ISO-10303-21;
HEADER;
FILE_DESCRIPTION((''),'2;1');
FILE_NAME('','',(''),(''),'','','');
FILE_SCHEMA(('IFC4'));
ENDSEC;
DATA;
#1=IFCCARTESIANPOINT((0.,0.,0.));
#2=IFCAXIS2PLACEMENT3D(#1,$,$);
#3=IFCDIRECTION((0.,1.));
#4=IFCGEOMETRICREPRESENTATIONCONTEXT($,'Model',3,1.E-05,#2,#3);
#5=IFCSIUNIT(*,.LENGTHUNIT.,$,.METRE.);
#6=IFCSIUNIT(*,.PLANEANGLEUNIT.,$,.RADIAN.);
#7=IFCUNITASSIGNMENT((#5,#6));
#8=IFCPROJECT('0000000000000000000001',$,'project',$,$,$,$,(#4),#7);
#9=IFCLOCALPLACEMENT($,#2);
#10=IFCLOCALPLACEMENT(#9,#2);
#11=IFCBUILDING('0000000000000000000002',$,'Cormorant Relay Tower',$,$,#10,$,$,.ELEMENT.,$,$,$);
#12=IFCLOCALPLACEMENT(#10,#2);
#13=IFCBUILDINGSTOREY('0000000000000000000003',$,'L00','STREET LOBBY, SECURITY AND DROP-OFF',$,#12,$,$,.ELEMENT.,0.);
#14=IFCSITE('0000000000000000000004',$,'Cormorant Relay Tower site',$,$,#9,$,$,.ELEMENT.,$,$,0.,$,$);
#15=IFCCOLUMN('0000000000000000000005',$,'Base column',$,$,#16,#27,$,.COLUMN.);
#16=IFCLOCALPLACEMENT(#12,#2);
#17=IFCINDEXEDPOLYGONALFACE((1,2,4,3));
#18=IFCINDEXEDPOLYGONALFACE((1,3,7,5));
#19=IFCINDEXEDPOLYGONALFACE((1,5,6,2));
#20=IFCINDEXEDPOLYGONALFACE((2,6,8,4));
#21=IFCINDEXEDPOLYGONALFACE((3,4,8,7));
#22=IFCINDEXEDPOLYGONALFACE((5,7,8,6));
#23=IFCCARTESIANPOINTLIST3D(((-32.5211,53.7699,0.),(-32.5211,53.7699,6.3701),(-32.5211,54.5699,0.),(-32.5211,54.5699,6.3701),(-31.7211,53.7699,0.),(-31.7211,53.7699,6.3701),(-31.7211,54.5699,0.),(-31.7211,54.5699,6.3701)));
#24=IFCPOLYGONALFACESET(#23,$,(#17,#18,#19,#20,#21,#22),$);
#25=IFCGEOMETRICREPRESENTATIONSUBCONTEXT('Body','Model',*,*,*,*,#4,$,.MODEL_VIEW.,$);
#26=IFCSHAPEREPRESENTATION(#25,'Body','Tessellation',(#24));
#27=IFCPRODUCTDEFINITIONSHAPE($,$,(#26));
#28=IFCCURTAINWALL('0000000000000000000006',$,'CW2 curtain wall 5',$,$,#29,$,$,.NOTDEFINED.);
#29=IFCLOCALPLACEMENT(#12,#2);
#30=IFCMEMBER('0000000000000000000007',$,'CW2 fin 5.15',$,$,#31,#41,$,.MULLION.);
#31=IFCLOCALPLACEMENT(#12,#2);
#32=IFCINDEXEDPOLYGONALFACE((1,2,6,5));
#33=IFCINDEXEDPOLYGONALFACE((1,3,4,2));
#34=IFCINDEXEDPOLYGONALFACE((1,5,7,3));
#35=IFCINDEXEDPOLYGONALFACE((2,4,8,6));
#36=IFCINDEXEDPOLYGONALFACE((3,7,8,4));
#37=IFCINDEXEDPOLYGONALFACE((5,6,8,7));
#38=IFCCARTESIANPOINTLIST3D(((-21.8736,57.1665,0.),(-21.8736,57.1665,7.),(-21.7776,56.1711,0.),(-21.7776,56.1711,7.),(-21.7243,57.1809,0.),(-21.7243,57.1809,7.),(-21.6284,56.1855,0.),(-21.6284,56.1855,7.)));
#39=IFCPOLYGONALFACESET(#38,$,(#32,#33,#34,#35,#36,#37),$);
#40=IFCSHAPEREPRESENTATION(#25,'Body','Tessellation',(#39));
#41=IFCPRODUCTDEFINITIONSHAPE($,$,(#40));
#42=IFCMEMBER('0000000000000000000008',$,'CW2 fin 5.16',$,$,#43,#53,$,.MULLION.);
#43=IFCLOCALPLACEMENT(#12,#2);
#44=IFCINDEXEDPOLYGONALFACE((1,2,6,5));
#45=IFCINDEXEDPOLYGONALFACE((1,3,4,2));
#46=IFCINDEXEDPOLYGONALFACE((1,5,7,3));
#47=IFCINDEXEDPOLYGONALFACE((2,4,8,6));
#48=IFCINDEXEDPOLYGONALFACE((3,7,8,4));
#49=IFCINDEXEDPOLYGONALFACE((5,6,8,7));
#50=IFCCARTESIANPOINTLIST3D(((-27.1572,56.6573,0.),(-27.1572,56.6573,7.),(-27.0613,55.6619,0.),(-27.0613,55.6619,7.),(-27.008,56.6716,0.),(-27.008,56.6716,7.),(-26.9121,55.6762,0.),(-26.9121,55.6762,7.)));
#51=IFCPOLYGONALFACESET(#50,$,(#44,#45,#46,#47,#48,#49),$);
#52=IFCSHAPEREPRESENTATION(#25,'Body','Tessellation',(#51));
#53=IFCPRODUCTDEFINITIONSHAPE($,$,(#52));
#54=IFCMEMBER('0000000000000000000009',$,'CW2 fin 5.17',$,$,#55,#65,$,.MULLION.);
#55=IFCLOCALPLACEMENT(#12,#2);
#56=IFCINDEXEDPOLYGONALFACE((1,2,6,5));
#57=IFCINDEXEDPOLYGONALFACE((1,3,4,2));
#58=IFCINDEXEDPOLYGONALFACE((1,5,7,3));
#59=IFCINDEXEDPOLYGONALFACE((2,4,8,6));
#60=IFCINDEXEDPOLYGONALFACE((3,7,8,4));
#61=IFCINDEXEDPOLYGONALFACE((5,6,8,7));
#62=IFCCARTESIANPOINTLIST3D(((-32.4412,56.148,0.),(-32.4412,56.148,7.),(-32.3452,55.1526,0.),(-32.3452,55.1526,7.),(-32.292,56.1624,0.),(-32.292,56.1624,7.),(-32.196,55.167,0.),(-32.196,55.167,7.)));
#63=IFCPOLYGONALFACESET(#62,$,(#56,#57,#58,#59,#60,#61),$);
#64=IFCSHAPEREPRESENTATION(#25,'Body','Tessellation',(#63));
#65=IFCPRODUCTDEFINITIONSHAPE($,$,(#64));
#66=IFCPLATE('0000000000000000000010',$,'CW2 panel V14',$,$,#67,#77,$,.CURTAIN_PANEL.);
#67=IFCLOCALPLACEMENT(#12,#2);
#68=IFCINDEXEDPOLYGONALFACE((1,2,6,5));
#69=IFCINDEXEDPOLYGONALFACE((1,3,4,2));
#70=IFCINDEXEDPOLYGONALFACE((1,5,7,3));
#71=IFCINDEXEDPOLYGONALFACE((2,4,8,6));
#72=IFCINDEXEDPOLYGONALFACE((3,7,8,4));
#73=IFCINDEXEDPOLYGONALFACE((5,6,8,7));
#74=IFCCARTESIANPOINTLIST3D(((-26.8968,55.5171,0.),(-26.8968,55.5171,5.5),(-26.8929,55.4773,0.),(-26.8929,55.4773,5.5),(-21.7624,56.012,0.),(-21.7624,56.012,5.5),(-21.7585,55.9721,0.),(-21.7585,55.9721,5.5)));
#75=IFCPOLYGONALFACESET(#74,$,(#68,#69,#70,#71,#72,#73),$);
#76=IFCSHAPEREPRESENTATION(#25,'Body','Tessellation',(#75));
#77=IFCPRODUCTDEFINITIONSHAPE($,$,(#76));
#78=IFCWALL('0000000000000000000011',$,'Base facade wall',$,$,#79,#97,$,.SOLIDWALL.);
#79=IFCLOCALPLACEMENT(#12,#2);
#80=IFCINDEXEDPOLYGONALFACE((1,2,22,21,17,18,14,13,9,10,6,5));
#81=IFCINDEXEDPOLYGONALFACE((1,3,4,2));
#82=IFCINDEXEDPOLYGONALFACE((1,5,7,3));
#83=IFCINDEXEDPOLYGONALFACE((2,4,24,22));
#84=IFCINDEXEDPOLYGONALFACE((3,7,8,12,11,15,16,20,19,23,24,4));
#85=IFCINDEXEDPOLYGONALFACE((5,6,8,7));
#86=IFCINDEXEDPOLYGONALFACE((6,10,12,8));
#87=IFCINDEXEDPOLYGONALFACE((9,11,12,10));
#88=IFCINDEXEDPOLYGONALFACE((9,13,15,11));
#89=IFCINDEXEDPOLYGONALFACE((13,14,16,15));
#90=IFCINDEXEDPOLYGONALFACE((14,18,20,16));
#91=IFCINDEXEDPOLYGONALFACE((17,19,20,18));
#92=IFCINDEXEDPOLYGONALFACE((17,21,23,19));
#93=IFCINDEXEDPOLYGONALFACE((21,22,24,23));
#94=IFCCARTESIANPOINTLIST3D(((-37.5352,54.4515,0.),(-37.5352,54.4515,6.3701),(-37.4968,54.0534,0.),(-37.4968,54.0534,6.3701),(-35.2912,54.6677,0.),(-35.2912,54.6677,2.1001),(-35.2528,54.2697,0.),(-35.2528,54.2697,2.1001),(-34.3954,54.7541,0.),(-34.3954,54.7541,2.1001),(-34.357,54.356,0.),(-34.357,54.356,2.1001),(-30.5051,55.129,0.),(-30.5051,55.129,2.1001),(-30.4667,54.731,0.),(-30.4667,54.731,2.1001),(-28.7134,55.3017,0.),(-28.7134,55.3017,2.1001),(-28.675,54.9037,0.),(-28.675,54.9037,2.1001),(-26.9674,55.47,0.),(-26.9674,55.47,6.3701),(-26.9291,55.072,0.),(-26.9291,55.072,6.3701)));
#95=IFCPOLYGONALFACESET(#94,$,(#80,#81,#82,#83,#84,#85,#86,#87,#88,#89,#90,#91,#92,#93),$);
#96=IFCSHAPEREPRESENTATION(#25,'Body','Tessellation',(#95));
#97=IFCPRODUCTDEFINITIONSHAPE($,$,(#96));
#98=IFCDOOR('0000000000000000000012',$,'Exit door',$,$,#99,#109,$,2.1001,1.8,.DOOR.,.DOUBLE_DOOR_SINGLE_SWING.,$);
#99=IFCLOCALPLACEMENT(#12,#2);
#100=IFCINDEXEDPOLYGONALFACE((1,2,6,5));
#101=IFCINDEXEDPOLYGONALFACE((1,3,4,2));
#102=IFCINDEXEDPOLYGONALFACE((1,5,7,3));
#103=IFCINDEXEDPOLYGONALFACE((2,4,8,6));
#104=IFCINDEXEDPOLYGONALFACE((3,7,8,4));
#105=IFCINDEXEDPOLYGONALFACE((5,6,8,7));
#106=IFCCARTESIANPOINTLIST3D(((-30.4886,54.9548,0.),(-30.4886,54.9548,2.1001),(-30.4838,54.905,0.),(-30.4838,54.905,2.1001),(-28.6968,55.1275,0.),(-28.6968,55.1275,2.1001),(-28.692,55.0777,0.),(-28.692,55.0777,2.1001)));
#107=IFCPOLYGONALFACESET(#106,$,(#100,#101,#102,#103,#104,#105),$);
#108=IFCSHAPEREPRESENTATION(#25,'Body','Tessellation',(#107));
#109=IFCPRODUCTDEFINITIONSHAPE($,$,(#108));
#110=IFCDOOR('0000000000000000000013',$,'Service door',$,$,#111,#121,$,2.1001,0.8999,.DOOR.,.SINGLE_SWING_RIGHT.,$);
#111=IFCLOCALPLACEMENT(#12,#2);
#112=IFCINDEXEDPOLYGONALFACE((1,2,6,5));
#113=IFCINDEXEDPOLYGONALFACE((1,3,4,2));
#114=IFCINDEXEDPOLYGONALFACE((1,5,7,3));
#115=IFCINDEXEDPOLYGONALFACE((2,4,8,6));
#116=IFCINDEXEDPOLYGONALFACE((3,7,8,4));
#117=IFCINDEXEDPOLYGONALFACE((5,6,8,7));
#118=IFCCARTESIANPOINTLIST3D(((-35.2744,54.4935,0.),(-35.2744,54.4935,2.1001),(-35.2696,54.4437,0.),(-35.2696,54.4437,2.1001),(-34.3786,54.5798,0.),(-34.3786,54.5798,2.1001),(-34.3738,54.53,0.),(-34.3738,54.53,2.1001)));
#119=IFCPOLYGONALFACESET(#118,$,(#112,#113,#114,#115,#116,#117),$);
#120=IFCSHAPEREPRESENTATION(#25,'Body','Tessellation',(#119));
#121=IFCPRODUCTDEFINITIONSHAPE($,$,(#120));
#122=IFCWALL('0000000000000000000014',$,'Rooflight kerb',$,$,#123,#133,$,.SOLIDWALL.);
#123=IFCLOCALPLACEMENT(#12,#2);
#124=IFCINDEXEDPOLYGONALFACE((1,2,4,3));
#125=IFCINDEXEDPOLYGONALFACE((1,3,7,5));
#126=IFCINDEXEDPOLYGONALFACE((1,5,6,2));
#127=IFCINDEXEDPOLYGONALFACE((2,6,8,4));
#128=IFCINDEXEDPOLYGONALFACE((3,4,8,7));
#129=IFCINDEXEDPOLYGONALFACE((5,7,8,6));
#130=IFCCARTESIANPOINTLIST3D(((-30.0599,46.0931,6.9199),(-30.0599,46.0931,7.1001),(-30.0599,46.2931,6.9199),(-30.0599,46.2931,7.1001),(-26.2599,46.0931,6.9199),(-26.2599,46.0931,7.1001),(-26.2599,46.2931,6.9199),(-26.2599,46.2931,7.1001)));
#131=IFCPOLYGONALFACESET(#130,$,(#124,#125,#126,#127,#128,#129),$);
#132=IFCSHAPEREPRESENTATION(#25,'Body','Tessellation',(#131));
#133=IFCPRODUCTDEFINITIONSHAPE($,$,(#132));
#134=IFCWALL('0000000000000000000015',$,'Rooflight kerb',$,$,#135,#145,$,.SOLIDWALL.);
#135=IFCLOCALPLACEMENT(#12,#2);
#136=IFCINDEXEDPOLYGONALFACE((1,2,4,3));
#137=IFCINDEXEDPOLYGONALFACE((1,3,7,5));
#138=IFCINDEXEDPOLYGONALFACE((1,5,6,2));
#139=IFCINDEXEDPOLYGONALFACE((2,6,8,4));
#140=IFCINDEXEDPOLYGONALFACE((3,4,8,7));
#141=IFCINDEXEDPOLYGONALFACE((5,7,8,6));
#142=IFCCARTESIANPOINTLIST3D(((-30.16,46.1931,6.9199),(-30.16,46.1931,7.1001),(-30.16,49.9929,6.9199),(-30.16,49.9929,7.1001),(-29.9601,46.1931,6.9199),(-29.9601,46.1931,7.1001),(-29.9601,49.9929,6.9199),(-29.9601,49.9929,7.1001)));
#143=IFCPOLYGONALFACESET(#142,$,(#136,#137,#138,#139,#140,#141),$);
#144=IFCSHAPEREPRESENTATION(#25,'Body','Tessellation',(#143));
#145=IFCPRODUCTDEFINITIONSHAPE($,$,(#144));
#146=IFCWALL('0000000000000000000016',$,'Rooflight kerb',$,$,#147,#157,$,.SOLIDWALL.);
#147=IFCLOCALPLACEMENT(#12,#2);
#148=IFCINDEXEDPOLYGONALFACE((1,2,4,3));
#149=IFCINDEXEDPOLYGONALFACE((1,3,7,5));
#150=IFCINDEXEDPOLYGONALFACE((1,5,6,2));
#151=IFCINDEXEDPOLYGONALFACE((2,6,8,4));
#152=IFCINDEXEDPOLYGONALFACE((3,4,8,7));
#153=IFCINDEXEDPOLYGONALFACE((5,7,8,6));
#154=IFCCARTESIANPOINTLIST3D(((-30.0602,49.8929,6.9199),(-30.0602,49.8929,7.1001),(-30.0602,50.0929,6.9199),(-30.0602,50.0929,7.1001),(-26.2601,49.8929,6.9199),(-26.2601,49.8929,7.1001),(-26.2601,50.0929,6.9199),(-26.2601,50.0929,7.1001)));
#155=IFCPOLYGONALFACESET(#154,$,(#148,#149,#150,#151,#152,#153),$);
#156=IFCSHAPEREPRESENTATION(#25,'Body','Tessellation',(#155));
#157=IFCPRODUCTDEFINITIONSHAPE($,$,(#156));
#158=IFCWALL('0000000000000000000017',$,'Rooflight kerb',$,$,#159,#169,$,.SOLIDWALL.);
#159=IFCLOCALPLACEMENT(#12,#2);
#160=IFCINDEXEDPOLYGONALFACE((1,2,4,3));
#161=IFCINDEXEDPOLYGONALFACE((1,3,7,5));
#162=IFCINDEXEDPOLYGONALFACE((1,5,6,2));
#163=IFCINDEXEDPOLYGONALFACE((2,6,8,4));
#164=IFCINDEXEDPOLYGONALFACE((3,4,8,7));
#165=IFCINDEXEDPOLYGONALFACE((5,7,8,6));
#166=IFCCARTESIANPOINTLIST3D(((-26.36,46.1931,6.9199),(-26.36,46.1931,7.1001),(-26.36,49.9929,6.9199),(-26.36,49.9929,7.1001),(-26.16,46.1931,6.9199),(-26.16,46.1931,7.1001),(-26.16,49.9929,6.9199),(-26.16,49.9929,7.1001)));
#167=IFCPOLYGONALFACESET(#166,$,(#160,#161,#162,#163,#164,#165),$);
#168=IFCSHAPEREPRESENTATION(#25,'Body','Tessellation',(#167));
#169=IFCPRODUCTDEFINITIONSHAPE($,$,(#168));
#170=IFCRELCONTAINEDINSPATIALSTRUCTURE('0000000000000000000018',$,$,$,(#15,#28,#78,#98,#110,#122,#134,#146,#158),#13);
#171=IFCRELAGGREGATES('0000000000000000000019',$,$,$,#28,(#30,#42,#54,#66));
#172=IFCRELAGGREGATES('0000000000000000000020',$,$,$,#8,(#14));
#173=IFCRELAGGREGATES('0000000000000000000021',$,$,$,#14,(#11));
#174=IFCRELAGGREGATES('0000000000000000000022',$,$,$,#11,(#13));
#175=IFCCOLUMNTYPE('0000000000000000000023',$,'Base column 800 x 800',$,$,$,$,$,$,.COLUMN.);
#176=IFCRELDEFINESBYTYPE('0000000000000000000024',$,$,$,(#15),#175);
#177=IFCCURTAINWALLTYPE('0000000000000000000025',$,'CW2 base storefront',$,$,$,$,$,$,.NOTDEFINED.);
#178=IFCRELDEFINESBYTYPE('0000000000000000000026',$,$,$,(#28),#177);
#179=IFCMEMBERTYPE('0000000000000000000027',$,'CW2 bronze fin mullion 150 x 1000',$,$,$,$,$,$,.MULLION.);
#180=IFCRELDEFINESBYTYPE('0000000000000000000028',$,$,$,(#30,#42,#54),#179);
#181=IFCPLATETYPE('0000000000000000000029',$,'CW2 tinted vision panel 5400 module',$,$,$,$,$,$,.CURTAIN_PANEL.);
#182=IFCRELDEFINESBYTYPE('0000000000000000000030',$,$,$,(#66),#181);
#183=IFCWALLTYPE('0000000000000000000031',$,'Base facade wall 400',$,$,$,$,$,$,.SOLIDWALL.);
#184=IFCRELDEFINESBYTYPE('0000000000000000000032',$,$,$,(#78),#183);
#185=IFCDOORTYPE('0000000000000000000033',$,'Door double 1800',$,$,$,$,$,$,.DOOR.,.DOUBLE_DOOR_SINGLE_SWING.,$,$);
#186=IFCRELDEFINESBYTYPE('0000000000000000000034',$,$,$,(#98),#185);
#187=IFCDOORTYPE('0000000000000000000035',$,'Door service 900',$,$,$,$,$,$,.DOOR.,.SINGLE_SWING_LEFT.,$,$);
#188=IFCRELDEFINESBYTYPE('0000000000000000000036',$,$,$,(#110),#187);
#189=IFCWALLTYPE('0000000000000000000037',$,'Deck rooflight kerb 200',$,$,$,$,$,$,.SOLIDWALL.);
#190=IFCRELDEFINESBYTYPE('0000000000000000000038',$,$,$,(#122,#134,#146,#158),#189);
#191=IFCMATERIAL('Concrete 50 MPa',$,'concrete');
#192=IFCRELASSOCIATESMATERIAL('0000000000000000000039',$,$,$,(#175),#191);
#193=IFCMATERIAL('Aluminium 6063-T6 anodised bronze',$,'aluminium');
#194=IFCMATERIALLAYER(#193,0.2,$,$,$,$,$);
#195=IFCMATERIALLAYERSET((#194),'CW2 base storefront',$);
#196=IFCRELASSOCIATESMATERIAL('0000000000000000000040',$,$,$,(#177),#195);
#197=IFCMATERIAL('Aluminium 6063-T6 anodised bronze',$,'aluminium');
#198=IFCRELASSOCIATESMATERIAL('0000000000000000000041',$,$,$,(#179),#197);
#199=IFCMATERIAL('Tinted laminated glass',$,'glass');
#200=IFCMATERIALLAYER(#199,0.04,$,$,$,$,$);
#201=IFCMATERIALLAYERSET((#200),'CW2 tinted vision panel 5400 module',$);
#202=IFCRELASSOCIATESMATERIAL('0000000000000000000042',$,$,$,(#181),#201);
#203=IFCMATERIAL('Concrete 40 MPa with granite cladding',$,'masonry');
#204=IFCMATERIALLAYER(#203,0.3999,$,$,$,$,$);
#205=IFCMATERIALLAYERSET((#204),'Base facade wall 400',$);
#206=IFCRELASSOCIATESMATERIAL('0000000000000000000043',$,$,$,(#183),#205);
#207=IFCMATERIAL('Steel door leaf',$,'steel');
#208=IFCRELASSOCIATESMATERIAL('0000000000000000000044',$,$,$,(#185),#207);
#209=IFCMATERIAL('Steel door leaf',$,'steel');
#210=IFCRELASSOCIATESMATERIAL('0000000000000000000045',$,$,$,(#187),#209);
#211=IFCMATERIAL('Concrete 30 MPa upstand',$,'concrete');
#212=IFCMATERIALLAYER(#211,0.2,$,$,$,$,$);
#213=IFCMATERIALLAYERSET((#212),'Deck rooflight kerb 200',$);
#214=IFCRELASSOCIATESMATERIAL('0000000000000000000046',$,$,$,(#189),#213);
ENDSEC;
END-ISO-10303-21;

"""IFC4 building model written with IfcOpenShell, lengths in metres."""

from ifc_helpers import new_model, si_unit, direction, frame, frame_2d, origin, origin_2d, place, context, subcontext, project, spatial, rectangle, extrude, material, layer, layer_set, material_profile, profile_set, type_object, element, fill, aggregate, save


model = new_model("IFC4")

# Units and contexts
model_context = context("Model", 3, precision=1e-05, world=origin(), true_north=direction((0.0, 1.0)))
body_context = subcontext(model_context, "Body", "Model", "MODEL_VIEW")
ifc_project = project(units=[si_unit("LENGTHUNIT", "METRE"), si_unit("PLANEANGLEUNIT", "RADIAN")], contexts=[model_context])

# Site, building, storey
site_placement = place(None, origin())
site = spatial("IfcSite", under=ifc_project, at=site_placement, Name="Cormorant Relay Tower site", CompositionType="ELEMENT", RefElevation=0.0)
building_placement = place(site_placement, origin())
building = spatial("IfcBuilding", under=site, at=building_placement, Name="Cormorant Relay Tower", CompositionType="ELEMENT")
storey_placement = place(building_placement, origin())
storey = spatial("IfcBuildingStorey", under=building, at=storey_placement, Name="L00", Description="STREET LOBBY, SECURITY AND DROP-OFF", CompositionType="ELEMENT", Elevation=0.0)

# Column
ifc_material_1 = material(Name="Concrete 50 MPa", Category="concrete")
ifc_material_profile_1 = material_profile(ifc_material_1, rectangle(XDim=0.8, YDim=0.8, at=origin_2d()), Name="RC 800x800")
ifc_profile_set_1 = profile_set([ifc_material_profile_1], Name="Concrete 50 MPa")
column_type = type_object("IfcColumnType", Name="Base column 800 x 800", PredefinedType="COLUMN", material=ifc_profile_set_1)
column_placement = place(storey_placement, frame((-32.1211, 54.1699, 0.0), z_axis=(0.0, 0.0, 1.0), x_axis=(1.0, 0.0, 0.0)))
element("IfcColumn", 1, at=column_placement, inside=storey, type_object=column_type, Name="Base column", PredefinedType="COLUMN", context=body_context, shape_type="SweptSolid", body=[
    extrude(rectangle(XDim=0.8, YDim=0.8, at=origin_2d()), origin(), (0.0, 0.0, 1.0), 6.3701),
])

# Curtain wall, members, plate
ifc_material_2 = material(Name="Aluminium 6063-T6 anodised bronze", Category="aluminium")
ifc_layer_1 = layer(ifc_material_2, 0.2)
ifc_layer_set_1 = layer_set([ifc_layer_1], Name="CW2 base storefront")
curtain_wall_type = type_object("IfcCurtainWallType", Name="CW2 base storefront", PredefinedType="NOTDEFINED", material=ifc_layer_set_1)
curtain_wall_placement = place(storey_placement, origin())
curtain_wall = element("IfcCurtainWall", 2, at=curtain_wall_placement, inside=storey, type_object=curtain_wall_type, Name="CW2 curtain wall 5", PredefinedType="NOTDEFINED")
ifc_material_3 = material(Name="Aluminium 6063-T6 anodised bronze", Category="aluminium")
ifc_material_profile_2 = material_profile(ifc_material_3, rectangle(XDim=0.1499, YDim=1.0, at=origin_2d()), Name="AL 150x1000")
ifc_profile_set_2 = profile_set([ifc_material_profile_2], Name="Aluminium 6063-T6 anodised bronze")
member_type = type_object("IfcMemberType", Name="CW2 bronze fin mullion 150 x 1000", PredefinedType="MULLION", material=ifc_profile_set_2)
member_1_placement = place(storey_placement, frame((-21.751, 56.676, 0.0), z_axis=(0.0, 0.0, 1.0), x_axis=(-0.995387, -0.09594, 0.0)))
member_1 = element("IfcMember", 3, at=member_1_placement, type_object=member_type, Name="CW2 fin 5.15", PredefinedType="MULLION", context=body_context, shape_type="SweptSolid", body=[
    extrude(rectangle(XDim=0.1499, YDim=1.0, at=origin_2d()), origin(), (0.0, 0.0, 1.0), 7.0),
])
member_2_placement = place(storey_placement, frame((-27.0347, 56.1667, 0.0), z_axis=(0.0, 0.0, 1.0), x_axis=(-0.995387, -0.09594, 0.0)))
member_2 = element("IfcMember", 4, at=member_2_placement, type_object=member_type, Name="CW2 fin 5.16", PredefinedType="MULLION", context=body_context, shape_type="SweptSolid", body=[
    extrude(rectangle(XDim=0.1499, YDim=1.0, at=origin_2d()), origin(), (0.0, 0.0, 1.0), 7.0),
])
member_3_placement = place(storey_placement, frame((-32.3186, 55.6575, 0.0), z_axis=(0.0, 0.0, 1.0), x_axis=(-0.995387, -0.09594, 0.0)))
member_3 = element("IfcMember", 5, at=member_3_placement, type_object=member_type, Name="CW2 fin 5.17", PredefinedType="MULLION", context=body_context, shape_type="SweptSolid", body=[
    extrude(rectangle(XDim=0.1499, YDim=1.0, at=origin_2d()), origin(), (0.0, 0.0, 1.0), 7.0),
])
ifc_material_4 = material(Name="Tinted laminated glass", Category="glass")
ifc_layer_2 = layer(ifc_material_4, 0.04)
ifc_layer_set_2 = layer_set([ifc_layer_2], Name="CW2 tinted vision panel 5400 module")
plate_type = type_object("IfcPlateType", Name="CW2 tinted vision panel 5400 module", PredefinedType="CURTAIN_PANEL", material=ifc_layer_set_2)
plate_placement = place(storey_placement, frame((-24.3276, 55.7446, 0.0), z_axis=(0.0, 0.0, 1.0), x_axis=(-0.995387, -0.09594, 0.0)))
plate = element("IfcPlate", 6, at=plate_placement, type_object=plate_type, Name="CW2 panel V14", PredefinedType="CURTAIN_PANEL", context=body_context, shape_type="SweptSolid", body=[
    extrude(rectangle(XDim=5.1582, YDim=0.04, at=origin_2d()), origin(), (0.0, 0.0, 1.0), 5.5),
])
aggregate(curtain_wall, [member_1, member_2, member_3, plate])

# Wall, openings, doors
ifc_material_5 = material(Name="Concrete 40 MPa with granite cladding", Category="masonry")
ifc_layer_3 = layer(ifc_material_5, 0.3999)
ifc_layer_set_3 = layer_set([ifc_layer_3], Name="Base facade wall 400")
wall_type_1 = type_object("IfcWallType", Name="Base facade wall 400", PredefinedType="SOLIDWALL", material=ifc_layer_set_3)
wall_1_placement = place(storey_placement, frame((-26.9482, 55.271, 0.0), z_axis=(0.0, 0.0, 1.0), x_axis=(-0.995387, -0.09594, 0.0)))
wall_1 = element("IfcWall", 7, at=wall_1_placement, inside=storey, type_object=wall_type_1, Name="Base facade wall", PredefinedType="SOLIDWALL", context=body_context, shape_type="SweptSolid", body=[
    extrude(rectangle(XDim=10.6167, YDim=0.3999, at=frame_2d((5.3083, 0.0))), origin(), (0.0, 0.0, 1.0), 6.3701),
])
opening_1_placement = place(wall_1_placement, frame((1.7542, 0.0, 0.0)))
opening_1 = element("IfcOpeningElement", 8, at=opening_1_placement, cuts=wall_1, PredefinedType="OPENING", context=body_context, shape_type="SweptSolid", body=[
    extrude(rectangle(XDim=1.8, YDim=2.1001, at=frame_2d((0.8999, 1.05))), frame((0.0, 0.21, 0.0), z_axis=(0.0, -1.0, 0.0), x_axis=(1.0, 0.0, 0.0)), (0.0, 0.0, 1.0), 0.4199),
])
opening_2_placement = place(wall_1_placement, frame((7.4624, 0.0, 0.0)))
opening_2 = element("IfcOpeningElement", 9, at=opening_2_placement, cuts=wall_1, PredefinedType="OPENING", context=body_context, shape_type="SweptSolid", body=[
    extrude(rectangle(XDim=0.8999, YDim=2.1001, at=frame_2d((0.45, 1.05))), frame((0.0, 0.21, 0.0), z_axis=(0.0, -1.0, 0.0), x_axis=(1.0, 0.0, 0.0)), (0.0, 0.0, 1.0), 0.4199),
])
ifc_material_6 = material(Name="Steel door leaf", Category="steel")
door_type_1 = type_object("IfcDoorType", Name="Door double 1800", OperationType="DOUBLE_DOOR_SINGLE_SWING", PredefinedType="DOOR", material=ifc_material_6)
door_1_placement = place(opening_1_placement, frame((1.8, 0.0, 0.0), z_axis=(0.0, 0.0, 1.0), x_axis=(-1.0, 0.0, 0.0)))
door_1 = element("IfcDoor", 10, at=door_1_placement, inside=storey, type_object=door_type_1, Name="Exit door", OperationType="DOUBLE_DOOR_SINGLE_SWING", OverallHeight=2.1001, OverallWidth=1.8, PredefinedType="DOOR", context=body_context, shape_type="SweptSolid", body=[
    extrude(rectangle(XDim=1.8, YDim=2.1001, at=frame_2d((0.8999, 1.05))), frame((0.0, 0.0249, 0.0), z_axis=(0.0, -1.0, 0.0), x_axis=(1.0, 0.0, 0.0)), (0.0, 0.0, 1.0), 0.05),
])
fill(opening_1, door_1)
ifc_material_7 = material(Name="Steel door leaf", Category="steel")
door_type_2 = type_object("IfcDoorType", Name="Door service 900", OperationType="SINGLE_SWING_LEFT", PredefinedType="DOOR", material=ifc_material_7)
door_2_placement = place(opening_2_placement, frame((0.8999, 0.0, 0.0), z_axis=(0.0, 0.0, 1.0), x_axis=(-1.0, 0.0, 0.0)))
door_2 = element("IfcDoor", 11, at=door_2_placement, inside=storey, type_object=door_type_2, Name="Service door", OperationType="SINGLE_SWING_RIGHT", OverallHeight=2.1001, OverallWidth=0.8999, PredefinedType="DOOR", context=body_context, shape_type="SweptSolid", body=[
    extrude(rectangle(XDim=0.8999, YDim=2.1001, at=frame_2d((0.45, 1.05))), frame((0.0, 0.0249, 0.0), z_axis=(0.0, -1.0, 0.0), x_axis=(1.0, 0.0, 0.0)), (0.0, 0.0, 1.0), 0.05),
])
fill(opening_2, door_2)

# Walls
ifc_material_8 = material(Name="Concrete 30 MPa upstand", Category="concrete")
ifc_layer_4 = layer(ifc_material_8, 0.2)
ifc_layer_set_4 = layer_set([ifc_layer_4], Name="Deck rooflight kerb 200")
wall_type_2 = type_object("IfcWallType", Name="Deck rooflight kerb 200", PredefinedType="SOLIDWALL", material=ifc_layer_set_4)
wall_2_placement = place(storey_placement, frame((-26.26, 46.1931, 6.9199), z_axis=(0.0, 0.0, 1.0), x_axis=(-1.0, 0.0, 0.0)))
element("IfcWall", 12, at=wall_2_placement, inside=storey, type_object=wall_type_2, Name="Rooflight kerb", PredefinedType="SOLIDWALL", context=body_context, shape_type="SweptSolid", body=[
    extrude(rectangle(XDim=3.8, YDim=0.2, at=frame_2d((1.8999, 0.0))), origin(), (0.0, 0.0, 1.0), 0.1802),
])
wall_3_placement = place(storey_placement, frame((-30.0601, 46.1931, 6.9199), z_axis=(0.0, 0.0, 1.0), x_axis=(0.0, 1.0, 0.0)))
element("IfcWall", 13, at=wall_3_placement, inside=storey, type_object=wall_type_2, Name="Rooflight kerb", PredefinedType="SOLIDWALL", context=body_context, shape_type="SweptSolid", body=[
    extrude(rectangle(XDim=3.7998, YDim=0.2, at=frame_2d((1.8999, 0.0))), origin(), (0.0, 0.0, 1.0), 0.1802),
])
wall_4_placement = place(storey_placement, frame((-30.0601, 49.9929, 6.9199), z_axis=(0.0, 0.0, 1.0), x_axis=(1.0, 0.0, 0.0)))
element("IfcWall", 14, at=wall_4_placement, inside=storey, type_object=wall_type_2, Name="Rooflight kerb", PredefinedType="SOLIDWALL", context=body_context, shape_type="SweptSolid", body=[
    extrude(rectangle(XDim=3.8, YDim=0.2, at=frame_2d((1.8999, 0.0))), origin(), (0.0, 0.0, 1.0), 0.1802),
])
wall_5_placement = place(storey_placement, frame((-26.26, 49.9929, 6.9199), z_axis=(0.0, 0.0, 1.0), x_axis=(0.0, -1.0, 0.0)))
element("IfcWall", 15, at=wall_5_placement, inside=storey, type_object=wall_type_2, Name="Rooflight kerb", PredefinedType="SOLIDWALL", context=body_context, shape_type="SweptSolid", body=[
    extrude(rectangle(XDim=3.7998, YDim=0.2, at=frame_2d((1.8999, 0.0))), origin(), (0.0, 0.0, 1.0), 0.1802),
])

save(model, "model.ifc")
